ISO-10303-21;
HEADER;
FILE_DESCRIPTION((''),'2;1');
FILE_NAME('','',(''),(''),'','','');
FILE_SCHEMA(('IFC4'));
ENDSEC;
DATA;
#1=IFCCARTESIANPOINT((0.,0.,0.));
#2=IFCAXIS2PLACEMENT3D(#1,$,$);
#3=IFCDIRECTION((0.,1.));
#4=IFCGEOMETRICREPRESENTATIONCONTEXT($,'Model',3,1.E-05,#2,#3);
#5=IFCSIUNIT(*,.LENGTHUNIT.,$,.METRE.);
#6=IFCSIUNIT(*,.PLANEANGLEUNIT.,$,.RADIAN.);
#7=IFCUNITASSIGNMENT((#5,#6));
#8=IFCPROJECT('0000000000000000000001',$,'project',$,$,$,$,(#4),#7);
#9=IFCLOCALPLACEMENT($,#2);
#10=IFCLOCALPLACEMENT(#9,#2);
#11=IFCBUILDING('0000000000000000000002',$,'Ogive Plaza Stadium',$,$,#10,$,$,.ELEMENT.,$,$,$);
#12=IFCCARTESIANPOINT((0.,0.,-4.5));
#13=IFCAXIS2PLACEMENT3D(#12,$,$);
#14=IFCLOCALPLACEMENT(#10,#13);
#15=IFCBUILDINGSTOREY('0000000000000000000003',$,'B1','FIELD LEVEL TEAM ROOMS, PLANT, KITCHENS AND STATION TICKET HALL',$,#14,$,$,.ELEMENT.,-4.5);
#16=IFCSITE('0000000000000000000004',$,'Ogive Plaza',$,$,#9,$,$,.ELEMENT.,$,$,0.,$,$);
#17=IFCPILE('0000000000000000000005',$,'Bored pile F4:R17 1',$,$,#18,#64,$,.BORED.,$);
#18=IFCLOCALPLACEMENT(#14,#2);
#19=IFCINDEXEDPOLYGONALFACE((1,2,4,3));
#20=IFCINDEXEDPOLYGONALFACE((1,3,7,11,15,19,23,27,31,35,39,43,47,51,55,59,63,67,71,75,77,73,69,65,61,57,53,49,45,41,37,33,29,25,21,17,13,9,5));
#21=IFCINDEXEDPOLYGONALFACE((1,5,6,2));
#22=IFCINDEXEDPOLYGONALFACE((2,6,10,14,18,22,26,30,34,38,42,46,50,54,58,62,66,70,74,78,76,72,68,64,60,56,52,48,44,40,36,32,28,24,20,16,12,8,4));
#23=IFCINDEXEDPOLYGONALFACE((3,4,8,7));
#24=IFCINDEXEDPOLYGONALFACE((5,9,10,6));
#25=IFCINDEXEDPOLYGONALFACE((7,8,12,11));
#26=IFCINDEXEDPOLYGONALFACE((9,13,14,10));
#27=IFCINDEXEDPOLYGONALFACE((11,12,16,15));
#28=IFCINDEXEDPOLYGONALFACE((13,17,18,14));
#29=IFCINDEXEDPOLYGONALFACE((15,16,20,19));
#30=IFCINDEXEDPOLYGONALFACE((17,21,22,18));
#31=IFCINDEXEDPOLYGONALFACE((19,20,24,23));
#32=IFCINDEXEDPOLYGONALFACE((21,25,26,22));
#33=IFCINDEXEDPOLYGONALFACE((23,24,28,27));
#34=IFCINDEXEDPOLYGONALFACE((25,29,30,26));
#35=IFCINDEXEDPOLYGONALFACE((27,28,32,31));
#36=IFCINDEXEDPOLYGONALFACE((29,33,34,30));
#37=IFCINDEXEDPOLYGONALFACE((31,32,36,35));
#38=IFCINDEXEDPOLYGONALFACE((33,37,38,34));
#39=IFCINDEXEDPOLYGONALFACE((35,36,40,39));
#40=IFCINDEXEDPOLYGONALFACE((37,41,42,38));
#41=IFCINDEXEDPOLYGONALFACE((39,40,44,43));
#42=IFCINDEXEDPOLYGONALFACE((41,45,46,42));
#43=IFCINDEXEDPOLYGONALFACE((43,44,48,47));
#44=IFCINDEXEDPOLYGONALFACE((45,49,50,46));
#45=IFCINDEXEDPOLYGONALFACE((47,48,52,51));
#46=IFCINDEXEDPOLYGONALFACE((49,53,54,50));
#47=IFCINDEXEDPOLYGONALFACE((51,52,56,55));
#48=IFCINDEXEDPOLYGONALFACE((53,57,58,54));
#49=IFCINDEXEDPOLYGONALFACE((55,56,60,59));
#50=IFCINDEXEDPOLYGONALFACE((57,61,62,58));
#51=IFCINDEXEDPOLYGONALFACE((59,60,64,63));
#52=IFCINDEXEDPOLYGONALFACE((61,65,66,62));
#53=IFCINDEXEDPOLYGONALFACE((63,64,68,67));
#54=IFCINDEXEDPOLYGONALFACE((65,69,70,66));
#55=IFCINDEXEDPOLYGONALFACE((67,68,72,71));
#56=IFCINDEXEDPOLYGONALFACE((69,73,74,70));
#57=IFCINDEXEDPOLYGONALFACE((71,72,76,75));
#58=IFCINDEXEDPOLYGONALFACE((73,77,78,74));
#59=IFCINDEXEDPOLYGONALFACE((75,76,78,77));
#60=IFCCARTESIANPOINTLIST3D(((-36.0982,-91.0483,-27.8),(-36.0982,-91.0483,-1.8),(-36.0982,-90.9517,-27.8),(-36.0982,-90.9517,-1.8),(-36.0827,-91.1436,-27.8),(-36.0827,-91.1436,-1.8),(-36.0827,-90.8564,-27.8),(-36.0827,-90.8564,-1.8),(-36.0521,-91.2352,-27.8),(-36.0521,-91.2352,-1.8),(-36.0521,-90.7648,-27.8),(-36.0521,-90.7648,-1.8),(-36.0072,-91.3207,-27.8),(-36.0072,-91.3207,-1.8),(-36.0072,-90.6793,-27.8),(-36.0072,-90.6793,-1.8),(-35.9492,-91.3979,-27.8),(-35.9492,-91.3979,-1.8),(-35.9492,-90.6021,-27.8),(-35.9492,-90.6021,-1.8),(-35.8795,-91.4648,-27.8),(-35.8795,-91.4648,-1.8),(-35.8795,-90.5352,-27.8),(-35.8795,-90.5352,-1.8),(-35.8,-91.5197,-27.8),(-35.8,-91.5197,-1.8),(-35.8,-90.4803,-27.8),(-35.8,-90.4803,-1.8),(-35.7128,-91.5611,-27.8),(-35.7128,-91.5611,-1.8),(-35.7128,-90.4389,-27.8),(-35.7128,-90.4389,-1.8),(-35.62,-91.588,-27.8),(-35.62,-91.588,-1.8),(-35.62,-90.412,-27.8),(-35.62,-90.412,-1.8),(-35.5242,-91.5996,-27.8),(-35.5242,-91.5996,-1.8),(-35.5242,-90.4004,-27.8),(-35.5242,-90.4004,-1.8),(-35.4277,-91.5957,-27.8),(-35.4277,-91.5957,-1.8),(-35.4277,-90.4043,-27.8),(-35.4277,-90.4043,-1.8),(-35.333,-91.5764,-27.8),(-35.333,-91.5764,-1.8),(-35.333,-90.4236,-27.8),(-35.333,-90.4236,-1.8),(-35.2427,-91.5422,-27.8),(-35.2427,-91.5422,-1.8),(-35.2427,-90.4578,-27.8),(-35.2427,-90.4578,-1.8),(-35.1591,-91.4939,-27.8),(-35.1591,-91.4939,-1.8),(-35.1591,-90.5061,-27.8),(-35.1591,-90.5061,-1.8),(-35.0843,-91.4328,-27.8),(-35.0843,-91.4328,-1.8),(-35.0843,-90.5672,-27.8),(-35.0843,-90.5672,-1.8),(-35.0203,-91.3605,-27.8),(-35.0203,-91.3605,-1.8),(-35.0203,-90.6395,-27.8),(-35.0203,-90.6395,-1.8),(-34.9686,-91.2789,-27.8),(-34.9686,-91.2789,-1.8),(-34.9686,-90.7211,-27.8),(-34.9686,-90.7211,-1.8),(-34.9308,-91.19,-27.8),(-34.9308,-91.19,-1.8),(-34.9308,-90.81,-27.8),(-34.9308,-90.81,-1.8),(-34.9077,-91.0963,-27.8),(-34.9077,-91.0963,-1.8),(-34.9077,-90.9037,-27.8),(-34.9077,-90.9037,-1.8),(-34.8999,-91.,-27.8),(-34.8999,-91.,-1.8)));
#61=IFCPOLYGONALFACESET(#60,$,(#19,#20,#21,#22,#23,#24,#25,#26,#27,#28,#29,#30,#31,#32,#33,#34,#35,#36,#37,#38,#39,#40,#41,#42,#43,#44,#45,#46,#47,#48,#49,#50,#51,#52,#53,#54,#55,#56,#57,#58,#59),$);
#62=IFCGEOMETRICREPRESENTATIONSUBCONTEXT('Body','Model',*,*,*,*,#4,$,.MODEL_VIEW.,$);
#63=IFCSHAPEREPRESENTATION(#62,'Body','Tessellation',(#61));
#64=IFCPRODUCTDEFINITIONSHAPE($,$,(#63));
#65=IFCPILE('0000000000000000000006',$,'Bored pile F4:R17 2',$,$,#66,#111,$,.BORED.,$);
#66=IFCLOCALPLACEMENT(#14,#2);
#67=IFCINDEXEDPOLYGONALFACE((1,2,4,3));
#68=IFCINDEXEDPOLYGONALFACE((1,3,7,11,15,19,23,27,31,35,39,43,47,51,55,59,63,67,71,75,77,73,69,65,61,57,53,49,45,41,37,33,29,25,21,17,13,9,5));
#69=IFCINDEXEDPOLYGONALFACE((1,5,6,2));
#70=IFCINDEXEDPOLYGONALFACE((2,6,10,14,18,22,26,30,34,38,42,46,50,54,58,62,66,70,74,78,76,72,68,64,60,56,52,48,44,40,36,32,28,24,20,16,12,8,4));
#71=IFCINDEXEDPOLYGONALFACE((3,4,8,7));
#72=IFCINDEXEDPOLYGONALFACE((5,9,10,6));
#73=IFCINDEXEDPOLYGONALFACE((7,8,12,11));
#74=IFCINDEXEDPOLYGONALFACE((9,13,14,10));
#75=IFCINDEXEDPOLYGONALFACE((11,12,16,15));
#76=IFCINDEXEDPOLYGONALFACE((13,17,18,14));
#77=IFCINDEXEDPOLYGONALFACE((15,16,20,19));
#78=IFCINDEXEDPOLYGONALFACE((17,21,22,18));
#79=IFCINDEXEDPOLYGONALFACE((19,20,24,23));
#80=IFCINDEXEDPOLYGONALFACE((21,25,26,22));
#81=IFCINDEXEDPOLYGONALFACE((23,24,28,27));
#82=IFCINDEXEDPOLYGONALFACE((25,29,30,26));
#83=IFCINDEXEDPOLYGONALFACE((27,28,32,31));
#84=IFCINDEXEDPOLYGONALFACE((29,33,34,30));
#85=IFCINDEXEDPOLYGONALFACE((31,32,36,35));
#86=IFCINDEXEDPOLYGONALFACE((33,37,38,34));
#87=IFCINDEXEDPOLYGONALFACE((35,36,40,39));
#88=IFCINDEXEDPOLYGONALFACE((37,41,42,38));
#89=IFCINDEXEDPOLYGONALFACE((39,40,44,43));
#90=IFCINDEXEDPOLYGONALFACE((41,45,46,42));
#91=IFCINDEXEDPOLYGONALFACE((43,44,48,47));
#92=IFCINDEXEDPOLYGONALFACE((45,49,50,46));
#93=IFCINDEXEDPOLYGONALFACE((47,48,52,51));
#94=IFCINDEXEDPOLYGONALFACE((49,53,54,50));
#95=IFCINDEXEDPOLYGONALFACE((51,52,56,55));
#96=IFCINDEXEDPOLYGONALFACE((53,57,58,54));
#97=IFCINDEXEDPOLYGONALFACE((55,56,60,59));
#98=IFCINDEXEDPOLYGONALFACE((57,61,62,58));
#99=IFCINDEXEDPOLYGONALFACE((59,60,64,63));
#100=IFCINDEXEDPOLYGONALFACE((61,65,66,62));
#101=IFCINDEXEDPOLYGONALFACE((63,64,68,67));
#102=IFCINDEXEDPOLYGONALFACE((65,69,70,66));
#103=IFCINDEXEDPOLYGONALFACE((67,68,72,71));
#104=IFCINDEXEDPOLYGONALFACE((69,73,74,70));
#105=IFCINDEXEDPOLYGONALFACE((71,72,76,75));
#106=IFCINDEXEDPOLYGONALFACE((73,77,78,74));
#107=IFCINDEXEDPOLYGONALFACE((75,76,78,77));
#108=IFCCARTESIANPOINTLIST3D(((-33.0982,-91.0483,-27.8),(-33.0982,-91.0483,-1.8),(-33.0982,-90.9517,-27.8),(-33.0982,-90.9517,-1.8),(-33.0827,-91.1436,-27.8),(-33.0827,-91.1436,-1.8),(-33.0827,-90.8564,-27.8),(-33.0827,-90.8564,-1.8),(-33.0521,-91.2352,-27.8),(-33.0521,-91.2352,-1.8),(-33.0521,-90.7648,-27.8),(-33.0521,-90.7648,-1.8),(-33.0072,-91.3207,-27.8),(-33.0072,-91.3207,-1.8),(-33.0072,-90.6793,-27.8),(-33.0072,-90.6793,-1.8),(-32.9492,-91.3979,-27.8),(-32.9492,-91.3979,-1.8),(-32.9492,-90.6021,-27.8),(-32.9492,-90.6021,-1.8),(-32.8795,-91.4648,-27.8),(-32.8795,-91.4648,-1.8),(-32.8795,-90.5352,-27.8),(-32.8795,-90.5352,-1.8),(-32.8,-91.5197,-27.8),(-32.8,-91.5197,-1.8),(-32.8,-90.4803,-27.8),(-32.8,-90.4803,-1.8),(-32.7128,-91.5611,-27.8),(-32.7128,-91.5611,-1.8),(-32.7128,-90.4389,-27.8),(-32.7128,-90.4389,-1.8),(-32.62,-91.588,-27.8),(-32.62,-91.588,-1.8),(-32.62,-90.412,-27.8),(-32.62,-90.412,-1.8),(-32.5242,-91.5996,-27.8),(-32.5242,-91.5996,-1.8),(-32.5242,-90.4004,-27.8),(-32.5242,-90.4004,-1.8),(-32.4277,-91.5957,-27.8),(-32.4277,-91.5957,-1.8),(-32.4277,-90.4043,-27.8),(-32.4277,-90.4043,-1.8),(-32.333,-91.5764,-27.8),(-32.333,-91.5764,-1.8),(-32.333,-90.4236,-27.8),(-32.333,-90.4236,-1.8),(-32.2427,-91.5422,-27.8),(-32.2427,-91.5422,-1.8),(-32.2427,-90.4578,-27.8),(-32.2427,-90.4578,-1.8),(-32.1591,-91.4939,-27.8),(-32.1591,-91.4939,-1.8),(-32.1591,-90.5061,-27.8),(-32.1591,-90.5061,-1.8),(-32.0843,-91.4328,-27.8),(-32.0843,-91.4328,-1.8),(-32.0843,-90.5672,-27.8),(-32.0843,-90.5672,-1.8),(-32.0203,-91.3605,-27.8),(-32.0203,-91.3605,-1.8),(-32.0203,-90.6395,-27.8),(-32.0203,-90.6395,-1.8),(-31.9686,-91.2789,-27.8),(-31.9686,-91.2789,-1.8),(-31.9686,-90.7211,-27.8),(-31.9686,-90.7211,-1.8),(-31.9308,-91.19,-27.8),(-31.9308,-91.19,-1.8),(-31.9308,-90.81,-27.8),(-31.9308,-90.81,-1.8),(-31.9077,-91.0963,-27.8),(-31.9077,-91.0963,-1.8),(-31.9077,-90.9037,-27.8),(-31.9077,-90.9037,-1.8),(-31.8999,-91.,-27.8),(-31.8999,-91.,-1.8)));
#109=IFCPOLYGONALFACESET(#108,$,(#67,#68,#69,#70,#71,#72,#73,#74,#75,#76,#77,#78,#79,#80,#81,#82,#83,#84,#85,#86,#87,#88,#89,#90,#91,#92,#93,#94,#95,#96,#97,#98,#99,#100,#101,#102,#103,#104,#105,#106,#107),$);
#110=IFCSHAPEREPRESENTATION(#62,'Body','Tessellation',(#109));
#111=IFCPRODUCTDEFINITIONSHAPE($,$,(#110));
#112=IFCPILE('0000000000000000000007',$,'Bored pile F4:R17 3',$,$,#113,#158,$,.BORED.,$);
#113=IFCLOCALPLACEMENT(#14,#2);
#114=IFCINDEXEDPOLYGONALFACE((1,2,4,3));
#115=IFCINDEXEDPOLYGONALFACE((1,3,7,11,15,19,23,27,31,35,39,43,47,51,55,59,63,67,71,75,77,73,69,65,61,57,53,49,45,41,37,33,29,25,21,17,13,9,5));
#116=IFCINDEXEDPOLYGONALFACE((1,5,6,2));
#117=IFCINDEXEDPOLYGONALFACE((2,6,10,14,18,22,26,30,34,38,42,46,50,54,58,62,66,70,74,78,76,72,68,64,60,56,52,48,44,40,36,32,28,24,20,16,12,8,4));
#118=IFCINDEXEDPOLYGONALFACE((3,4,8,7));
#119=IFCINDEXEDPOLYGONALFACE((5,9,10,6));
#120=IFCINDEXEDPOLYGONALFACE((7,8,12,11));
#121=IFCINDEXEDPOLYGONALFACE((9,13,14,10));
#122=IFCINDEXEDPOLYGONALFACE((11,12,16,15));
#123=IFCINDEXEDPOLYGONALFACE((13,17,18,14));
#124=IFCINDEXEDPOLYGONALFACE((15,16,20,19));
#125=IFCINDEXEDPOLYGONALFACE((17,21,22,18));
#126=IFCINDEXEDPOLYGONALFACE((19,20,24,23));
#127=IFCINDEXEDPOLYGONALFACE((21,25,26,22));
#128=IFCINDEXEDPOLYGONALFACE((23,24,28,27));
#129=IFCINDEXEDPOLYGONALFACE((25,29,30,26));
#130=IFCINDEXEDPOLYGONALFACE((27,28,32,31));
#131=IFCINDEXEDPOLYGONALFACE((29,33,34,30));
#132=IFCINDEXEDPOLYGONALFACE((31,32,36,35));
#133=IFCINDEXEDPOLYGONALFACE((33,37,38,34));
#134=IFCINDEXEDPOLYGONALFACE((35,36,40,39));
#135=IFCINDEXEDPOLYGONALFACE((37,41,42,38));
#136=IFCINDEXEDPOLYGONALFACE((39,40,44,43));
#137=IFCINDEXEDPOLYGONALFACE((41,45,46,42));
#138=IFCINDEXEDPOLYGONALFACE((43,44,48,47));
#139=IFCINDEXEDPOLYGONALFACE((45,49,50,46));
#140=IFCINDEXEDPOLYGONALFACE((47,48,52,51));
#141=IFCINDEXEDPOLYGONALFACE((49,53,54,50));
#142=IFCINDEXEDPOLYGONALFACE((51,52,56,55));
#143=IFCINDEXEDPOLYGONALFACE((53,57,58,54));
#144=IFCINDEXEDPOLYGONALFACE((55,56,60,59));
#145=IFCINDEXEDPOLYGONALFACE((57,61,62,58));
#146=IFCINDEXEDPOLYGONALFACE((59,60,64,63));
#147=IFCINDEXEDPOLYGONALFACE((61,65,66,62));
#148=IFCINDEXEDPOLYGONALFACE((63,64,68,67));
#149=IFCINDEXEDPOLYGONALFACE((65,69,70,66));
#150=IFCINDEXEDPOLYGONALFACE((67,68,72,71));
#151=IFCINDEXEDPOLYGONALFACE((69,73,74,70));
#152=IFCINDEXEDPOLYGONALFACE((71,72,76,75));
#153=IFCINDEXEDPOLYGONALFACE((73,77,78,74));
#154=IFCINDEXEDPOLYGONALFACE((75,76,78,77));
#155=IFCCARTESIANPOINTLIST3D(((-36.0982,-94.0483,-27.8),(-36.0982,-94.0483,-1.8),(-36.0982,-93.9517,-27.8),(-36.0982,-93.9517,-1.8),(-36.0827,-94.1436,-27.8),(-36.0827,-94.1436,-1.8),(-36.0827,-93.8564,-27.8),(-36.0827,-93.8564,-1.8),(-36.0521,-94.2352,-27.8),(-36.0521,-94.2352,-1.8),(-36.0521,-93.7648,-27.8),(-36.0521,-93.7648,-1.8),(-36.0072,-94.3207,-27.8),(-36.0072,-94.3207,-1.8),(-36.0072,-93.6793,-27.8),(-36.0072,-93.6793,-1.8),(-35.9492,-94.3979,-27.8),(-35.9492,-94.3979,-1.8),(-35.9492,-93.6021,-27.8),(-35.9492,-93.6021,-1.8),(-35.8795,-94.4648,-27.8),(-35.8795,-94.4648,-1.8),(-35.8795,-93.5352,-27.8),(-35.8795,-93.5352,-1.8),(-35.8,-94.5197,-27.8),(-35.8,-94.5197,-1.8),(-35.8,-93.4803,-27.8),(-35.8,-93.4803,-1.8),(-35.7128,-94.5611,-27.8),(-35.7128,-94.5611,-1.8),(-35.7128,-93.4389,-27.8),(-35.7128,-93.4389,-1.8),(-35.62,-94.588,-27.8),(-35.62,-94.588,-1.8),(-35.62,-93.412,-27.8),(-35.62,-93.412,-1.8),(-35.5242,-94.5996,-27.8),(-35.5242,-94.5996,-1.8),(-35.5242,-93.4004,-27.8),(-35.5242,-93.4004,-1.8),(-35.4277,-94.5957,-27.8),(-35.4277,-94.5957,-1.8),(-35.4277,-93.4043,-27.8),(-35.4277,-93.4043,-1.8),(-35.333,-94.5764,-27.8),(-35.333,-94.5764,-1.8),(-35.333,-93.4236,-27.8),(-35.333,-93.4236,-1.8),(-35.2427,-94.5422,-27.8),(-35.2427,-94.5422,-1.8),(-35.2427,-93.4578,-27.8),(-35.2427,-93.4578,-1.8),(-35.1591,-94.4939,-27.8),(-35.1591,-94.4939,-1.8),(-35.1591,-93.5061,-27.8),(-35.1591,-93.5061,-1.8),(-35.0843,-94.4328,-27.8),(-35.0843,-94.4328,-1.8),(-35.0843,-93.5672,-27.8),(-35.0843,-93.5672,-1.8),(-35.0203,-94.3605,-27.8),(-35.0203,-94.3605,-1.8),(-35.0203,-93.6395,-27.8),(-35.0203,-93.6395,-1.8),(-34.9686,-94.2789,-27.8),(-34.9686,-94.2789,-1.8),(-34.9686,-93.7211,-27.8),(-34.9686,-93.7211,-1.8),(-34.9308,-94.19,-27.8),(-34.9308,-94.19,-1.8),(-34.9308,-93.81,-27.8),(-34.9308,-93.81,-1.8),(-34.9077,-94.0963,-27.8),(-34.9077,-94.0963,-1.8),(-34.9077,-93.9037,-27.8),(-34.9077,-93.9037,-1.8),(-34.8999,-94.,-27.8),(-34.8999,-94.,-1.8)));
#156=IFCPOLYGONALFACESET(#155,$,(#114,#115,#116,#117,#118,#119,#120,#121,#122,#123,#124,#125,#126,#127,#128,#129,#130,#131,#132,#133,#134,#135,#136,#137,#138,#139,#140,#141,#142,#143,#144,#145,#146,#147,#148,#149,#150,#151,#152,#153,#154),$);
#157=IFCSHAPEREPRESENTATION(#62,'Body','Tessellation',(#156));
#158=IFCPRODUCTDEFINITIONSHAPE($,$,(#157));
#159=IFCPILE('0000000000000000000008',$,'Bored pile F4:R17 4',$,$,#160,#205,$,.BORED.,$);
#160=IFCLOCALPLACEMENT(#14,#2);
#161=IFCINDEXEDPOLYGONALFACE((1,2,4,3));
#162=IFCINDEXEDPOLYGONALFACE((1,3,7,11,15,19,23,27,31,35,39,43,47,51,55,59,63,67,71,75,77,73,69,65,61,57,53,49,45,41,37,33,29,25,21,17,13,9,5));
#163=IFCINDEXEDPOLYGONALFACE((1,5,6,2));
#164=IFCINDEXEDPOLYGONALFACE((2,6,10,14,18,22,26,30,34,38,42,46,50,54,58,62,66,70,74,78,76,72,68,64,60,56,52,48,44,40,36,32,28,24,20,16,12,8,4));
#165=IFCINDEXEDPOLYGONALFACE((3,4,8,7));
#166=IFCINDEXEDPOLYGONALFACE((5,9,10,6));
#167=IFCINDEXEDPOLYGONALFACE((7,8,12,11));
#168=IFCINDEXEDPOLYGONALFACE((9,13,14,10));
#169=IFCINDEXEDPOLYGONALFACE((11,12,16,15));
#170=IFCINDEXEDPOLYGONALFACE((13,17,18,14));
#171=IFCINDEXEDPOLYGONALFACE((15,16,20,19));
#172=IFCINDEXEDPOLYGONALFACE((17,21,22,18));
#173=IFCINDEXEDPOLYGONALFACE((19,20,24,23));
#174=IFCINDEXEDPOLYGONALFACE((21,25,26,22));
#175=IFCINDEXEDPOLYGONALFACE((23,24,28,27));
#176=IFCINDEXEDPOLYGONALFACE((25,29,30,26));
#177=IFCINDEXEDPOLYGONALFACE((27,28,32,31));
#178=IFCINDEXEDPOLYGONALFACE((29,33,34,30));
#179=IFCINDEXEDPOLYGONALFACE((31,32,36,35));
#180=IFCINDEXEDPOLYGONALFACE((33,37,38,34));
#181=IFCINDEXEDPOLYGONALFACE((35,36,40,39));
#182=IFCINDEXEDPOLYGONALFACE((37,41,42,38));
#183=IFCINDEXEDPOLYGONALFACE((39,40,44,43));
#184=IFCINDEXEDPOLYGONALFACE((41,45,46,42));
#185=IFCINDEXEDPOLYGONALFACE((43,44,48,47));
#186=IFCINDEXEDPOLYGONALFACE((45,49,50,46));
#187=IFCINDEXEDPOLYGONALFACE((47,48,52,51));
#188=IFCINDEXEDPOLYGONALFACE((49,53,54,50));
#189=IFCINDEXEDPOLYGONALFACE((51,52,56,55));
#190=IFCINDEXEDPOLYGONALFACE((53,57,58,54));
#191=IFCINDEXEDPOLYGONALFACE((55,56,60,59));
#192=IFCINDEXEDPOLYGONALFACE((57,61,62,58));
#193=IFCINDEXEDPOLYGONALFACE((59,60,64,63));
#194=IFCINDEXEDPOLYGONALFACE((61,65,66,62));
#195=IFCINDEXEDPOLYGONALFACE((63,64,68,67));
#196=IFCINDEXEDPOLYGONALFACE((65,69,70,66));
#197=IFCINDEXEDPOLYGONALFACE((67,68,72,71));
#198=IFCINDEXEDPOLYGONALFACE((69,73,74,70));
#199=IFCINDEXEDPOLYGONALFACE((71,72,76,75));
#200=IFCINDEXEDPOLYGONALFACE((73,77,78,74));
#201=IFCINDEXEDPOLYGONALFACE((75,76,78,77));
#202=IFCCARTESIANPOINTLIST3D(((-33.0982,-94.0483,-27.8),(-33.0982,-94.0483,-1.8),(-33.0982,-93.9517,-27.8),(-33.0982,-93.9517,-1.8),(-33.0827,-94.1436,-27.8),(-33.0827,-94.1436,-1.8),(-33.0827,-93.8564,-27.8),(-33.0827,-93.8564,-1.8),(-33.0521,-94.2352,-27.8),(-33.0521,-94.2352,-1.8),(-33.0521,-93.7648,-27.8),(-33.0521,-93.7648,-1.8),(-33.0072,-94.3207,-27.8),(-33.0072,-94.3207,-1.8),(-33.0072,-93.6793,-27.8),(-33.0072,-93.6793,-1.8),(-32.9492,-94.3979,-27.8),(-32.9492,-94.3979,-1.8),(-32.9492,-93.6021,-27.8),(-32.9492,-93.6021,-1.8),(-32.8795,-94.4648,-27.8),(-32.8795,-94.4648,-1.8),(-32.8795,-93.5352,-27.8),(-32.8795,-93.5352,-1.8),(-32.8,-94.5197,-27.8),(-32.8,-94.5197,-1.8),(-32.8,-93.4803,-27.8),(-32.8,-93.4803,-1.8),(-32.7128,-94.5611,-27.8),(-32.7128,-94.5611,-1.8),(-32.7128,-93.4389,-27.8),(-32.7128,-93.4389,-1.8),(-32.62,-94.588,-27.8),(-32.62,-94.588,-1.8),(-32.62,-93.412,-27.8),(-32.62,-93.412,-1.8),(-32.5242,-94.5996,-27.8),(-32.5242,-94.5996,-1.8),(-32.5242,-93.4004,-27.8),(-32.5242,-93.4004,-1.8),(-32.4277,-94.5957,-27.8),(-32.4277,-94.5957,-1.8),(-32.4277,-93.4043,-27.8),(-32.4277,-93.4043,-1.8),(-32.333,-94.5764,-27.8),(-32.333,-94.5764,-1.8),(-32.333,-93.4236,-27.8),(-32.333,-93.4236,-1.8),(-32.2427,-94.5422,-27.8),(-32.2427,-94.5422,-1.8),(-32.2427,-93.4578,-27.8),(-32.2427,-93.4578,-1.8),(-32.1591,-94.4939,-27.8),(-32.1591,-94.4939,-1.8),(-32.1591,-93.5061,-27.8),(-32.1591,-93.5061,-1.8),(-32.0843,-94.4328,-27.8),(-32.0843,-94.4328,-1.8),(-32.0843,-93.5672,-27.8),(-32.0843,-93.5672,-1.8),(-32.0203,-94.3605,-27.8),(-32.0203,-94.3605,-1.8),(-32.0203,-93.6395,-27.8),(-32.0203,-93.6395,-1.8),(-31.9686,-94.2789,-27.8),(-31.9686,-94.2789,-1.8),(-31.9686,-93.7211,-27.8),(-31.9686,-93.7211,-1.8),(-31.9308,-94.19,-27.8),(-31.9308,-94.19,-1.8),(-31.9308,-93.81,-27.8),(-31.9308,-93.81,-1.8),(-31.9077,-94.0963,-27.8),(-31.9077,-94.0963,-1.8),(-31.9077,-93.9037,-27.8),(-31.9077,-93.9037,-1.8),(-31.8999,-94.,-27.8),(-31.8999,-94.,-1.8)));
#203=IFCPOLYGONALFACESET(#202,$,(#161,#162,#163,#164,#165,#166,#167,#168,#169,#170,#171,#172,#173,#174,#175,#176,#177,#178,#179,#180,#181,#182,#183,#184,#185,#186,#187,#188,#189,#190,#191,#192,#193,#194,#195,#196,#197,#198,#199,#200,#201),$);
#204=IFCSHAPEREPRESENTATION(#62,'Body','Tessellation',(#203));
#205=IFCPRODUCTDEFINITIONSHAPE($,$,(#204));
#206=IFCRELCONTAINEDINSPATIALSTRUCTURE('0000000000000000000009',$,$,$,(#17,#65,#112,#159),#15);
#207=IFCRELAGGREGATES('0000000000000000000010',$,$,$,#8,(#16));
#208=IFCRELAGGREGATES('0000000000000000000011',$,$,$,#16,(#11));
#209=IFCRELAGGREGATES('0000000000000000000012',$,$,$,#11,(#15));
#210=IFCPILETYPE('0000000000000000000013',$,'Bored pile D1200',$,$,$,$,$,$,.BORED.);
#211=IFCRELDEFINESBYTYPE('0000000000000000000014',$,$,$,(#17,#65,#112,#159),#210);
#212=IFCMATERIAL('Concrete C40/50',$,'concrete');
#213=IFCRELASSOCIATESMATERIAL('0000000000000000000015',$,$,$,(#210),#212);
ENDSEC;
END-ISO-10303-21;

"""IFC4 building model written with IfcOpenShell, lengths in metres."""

from ifc_helpers import new_model, si_unit, direction, frame, origin, origin_2d, place, context, subcontext, project, spatial, circle, extrude, material, material_profile, profile_set, type_object, element, save


model = new_model("IFC4")

# Units and contexts
model_context = context("Model", 3, precision=1e-05, world=origin(), true_north=direction((0.0, 1.0)))
body_context = subcontext(model_context, "Body", "Model", "MODEL_VIEW")
ifc_project = project(units=[si_unit("LENGTHUNIT", "METRE"), si_unit("PLANEANGLEUNIT", "RADIAN")], contexts=[model_context])

# Site, building, storey
site_placement = place(None, origin())
site = spatial("IfcSite", under=ifc_project, at=site_placement, Name="Ogive Plaza", CompositionType="ELEMENT", RefElevation=0.0)
building_placement = place(site_placement, origin())
building = spatial("IfcBuilding", under=site, at=building_placement, Name="Ogive Plaza Stadium", CompositionType="ELEMENT")
storey_placement = place(building_placement, frame((0.0, 0.0, -4.5)))
storey = spatial("IfcBuildingStorey", under=building, at=storey_placement, Name="B1", Description="FIELD LEVEL TEAM ROOMS, PLANT, KITCHENS AND STATION TICKET HALL", CompositionType="ELEMENT", Elevation=-4.5)

# Piles
ifc_material_1 = material(Name="Concrete C40/50", Category="concrete")
ifc_material_profile_1 = material_profile(ifc_material_1, circle(Radius=0.6001, at=origin_2d()), Name="RC D1200")
ifc_profile_set_1 = profile_set([ifc_material_profile_1], Name="Concrete C40/50")
pile_type_1 = type_object("IfcPileType", Name="Bored pile D1200", PredefinedType="BORED", material=ifc_profile_set_1)
for number, where, z_axis, x_axis, name in (
    (1, (-35.5, -91.0, -1.8), (0.0, 0.0, -1.0), (1.0, 0.0, 0.0), "Bored pile F4:R17 1"),
    (2, (-32.5, -91.0, -1.8), (0.0, 0.0, -1.0), (1.0, 0.0, 0.0), "Bored pile F4:R17 2"),
    (3, (-35.5, -94.0, -1.8), (0.0, 0.0, -1.0), (1.0, 0.0, 0.0), "Bored pile F4:R17 3"),
    (4, (-32.5, -94.0, -1.8), (0.0, 0.0, -1.0), (1.0, 0.0, 0.0), "Bored pile F4:R17 4"),
):
    element("IfcPile", number, at=place(storey_placement, frame(where, z_axis=z_axis, x_axis=x_axis)), inside=storey, type_object=pile_type_1, Name=name, PredefinedType="BORED", context=body_context, shape_type="SweptSolid", body=[
        extrude(circle(Radius=0.6001, at=origin_2d()), origin(), (0.0, 0.0, 1.0), 26.0),
    ])

save(model, "model.ifc")
